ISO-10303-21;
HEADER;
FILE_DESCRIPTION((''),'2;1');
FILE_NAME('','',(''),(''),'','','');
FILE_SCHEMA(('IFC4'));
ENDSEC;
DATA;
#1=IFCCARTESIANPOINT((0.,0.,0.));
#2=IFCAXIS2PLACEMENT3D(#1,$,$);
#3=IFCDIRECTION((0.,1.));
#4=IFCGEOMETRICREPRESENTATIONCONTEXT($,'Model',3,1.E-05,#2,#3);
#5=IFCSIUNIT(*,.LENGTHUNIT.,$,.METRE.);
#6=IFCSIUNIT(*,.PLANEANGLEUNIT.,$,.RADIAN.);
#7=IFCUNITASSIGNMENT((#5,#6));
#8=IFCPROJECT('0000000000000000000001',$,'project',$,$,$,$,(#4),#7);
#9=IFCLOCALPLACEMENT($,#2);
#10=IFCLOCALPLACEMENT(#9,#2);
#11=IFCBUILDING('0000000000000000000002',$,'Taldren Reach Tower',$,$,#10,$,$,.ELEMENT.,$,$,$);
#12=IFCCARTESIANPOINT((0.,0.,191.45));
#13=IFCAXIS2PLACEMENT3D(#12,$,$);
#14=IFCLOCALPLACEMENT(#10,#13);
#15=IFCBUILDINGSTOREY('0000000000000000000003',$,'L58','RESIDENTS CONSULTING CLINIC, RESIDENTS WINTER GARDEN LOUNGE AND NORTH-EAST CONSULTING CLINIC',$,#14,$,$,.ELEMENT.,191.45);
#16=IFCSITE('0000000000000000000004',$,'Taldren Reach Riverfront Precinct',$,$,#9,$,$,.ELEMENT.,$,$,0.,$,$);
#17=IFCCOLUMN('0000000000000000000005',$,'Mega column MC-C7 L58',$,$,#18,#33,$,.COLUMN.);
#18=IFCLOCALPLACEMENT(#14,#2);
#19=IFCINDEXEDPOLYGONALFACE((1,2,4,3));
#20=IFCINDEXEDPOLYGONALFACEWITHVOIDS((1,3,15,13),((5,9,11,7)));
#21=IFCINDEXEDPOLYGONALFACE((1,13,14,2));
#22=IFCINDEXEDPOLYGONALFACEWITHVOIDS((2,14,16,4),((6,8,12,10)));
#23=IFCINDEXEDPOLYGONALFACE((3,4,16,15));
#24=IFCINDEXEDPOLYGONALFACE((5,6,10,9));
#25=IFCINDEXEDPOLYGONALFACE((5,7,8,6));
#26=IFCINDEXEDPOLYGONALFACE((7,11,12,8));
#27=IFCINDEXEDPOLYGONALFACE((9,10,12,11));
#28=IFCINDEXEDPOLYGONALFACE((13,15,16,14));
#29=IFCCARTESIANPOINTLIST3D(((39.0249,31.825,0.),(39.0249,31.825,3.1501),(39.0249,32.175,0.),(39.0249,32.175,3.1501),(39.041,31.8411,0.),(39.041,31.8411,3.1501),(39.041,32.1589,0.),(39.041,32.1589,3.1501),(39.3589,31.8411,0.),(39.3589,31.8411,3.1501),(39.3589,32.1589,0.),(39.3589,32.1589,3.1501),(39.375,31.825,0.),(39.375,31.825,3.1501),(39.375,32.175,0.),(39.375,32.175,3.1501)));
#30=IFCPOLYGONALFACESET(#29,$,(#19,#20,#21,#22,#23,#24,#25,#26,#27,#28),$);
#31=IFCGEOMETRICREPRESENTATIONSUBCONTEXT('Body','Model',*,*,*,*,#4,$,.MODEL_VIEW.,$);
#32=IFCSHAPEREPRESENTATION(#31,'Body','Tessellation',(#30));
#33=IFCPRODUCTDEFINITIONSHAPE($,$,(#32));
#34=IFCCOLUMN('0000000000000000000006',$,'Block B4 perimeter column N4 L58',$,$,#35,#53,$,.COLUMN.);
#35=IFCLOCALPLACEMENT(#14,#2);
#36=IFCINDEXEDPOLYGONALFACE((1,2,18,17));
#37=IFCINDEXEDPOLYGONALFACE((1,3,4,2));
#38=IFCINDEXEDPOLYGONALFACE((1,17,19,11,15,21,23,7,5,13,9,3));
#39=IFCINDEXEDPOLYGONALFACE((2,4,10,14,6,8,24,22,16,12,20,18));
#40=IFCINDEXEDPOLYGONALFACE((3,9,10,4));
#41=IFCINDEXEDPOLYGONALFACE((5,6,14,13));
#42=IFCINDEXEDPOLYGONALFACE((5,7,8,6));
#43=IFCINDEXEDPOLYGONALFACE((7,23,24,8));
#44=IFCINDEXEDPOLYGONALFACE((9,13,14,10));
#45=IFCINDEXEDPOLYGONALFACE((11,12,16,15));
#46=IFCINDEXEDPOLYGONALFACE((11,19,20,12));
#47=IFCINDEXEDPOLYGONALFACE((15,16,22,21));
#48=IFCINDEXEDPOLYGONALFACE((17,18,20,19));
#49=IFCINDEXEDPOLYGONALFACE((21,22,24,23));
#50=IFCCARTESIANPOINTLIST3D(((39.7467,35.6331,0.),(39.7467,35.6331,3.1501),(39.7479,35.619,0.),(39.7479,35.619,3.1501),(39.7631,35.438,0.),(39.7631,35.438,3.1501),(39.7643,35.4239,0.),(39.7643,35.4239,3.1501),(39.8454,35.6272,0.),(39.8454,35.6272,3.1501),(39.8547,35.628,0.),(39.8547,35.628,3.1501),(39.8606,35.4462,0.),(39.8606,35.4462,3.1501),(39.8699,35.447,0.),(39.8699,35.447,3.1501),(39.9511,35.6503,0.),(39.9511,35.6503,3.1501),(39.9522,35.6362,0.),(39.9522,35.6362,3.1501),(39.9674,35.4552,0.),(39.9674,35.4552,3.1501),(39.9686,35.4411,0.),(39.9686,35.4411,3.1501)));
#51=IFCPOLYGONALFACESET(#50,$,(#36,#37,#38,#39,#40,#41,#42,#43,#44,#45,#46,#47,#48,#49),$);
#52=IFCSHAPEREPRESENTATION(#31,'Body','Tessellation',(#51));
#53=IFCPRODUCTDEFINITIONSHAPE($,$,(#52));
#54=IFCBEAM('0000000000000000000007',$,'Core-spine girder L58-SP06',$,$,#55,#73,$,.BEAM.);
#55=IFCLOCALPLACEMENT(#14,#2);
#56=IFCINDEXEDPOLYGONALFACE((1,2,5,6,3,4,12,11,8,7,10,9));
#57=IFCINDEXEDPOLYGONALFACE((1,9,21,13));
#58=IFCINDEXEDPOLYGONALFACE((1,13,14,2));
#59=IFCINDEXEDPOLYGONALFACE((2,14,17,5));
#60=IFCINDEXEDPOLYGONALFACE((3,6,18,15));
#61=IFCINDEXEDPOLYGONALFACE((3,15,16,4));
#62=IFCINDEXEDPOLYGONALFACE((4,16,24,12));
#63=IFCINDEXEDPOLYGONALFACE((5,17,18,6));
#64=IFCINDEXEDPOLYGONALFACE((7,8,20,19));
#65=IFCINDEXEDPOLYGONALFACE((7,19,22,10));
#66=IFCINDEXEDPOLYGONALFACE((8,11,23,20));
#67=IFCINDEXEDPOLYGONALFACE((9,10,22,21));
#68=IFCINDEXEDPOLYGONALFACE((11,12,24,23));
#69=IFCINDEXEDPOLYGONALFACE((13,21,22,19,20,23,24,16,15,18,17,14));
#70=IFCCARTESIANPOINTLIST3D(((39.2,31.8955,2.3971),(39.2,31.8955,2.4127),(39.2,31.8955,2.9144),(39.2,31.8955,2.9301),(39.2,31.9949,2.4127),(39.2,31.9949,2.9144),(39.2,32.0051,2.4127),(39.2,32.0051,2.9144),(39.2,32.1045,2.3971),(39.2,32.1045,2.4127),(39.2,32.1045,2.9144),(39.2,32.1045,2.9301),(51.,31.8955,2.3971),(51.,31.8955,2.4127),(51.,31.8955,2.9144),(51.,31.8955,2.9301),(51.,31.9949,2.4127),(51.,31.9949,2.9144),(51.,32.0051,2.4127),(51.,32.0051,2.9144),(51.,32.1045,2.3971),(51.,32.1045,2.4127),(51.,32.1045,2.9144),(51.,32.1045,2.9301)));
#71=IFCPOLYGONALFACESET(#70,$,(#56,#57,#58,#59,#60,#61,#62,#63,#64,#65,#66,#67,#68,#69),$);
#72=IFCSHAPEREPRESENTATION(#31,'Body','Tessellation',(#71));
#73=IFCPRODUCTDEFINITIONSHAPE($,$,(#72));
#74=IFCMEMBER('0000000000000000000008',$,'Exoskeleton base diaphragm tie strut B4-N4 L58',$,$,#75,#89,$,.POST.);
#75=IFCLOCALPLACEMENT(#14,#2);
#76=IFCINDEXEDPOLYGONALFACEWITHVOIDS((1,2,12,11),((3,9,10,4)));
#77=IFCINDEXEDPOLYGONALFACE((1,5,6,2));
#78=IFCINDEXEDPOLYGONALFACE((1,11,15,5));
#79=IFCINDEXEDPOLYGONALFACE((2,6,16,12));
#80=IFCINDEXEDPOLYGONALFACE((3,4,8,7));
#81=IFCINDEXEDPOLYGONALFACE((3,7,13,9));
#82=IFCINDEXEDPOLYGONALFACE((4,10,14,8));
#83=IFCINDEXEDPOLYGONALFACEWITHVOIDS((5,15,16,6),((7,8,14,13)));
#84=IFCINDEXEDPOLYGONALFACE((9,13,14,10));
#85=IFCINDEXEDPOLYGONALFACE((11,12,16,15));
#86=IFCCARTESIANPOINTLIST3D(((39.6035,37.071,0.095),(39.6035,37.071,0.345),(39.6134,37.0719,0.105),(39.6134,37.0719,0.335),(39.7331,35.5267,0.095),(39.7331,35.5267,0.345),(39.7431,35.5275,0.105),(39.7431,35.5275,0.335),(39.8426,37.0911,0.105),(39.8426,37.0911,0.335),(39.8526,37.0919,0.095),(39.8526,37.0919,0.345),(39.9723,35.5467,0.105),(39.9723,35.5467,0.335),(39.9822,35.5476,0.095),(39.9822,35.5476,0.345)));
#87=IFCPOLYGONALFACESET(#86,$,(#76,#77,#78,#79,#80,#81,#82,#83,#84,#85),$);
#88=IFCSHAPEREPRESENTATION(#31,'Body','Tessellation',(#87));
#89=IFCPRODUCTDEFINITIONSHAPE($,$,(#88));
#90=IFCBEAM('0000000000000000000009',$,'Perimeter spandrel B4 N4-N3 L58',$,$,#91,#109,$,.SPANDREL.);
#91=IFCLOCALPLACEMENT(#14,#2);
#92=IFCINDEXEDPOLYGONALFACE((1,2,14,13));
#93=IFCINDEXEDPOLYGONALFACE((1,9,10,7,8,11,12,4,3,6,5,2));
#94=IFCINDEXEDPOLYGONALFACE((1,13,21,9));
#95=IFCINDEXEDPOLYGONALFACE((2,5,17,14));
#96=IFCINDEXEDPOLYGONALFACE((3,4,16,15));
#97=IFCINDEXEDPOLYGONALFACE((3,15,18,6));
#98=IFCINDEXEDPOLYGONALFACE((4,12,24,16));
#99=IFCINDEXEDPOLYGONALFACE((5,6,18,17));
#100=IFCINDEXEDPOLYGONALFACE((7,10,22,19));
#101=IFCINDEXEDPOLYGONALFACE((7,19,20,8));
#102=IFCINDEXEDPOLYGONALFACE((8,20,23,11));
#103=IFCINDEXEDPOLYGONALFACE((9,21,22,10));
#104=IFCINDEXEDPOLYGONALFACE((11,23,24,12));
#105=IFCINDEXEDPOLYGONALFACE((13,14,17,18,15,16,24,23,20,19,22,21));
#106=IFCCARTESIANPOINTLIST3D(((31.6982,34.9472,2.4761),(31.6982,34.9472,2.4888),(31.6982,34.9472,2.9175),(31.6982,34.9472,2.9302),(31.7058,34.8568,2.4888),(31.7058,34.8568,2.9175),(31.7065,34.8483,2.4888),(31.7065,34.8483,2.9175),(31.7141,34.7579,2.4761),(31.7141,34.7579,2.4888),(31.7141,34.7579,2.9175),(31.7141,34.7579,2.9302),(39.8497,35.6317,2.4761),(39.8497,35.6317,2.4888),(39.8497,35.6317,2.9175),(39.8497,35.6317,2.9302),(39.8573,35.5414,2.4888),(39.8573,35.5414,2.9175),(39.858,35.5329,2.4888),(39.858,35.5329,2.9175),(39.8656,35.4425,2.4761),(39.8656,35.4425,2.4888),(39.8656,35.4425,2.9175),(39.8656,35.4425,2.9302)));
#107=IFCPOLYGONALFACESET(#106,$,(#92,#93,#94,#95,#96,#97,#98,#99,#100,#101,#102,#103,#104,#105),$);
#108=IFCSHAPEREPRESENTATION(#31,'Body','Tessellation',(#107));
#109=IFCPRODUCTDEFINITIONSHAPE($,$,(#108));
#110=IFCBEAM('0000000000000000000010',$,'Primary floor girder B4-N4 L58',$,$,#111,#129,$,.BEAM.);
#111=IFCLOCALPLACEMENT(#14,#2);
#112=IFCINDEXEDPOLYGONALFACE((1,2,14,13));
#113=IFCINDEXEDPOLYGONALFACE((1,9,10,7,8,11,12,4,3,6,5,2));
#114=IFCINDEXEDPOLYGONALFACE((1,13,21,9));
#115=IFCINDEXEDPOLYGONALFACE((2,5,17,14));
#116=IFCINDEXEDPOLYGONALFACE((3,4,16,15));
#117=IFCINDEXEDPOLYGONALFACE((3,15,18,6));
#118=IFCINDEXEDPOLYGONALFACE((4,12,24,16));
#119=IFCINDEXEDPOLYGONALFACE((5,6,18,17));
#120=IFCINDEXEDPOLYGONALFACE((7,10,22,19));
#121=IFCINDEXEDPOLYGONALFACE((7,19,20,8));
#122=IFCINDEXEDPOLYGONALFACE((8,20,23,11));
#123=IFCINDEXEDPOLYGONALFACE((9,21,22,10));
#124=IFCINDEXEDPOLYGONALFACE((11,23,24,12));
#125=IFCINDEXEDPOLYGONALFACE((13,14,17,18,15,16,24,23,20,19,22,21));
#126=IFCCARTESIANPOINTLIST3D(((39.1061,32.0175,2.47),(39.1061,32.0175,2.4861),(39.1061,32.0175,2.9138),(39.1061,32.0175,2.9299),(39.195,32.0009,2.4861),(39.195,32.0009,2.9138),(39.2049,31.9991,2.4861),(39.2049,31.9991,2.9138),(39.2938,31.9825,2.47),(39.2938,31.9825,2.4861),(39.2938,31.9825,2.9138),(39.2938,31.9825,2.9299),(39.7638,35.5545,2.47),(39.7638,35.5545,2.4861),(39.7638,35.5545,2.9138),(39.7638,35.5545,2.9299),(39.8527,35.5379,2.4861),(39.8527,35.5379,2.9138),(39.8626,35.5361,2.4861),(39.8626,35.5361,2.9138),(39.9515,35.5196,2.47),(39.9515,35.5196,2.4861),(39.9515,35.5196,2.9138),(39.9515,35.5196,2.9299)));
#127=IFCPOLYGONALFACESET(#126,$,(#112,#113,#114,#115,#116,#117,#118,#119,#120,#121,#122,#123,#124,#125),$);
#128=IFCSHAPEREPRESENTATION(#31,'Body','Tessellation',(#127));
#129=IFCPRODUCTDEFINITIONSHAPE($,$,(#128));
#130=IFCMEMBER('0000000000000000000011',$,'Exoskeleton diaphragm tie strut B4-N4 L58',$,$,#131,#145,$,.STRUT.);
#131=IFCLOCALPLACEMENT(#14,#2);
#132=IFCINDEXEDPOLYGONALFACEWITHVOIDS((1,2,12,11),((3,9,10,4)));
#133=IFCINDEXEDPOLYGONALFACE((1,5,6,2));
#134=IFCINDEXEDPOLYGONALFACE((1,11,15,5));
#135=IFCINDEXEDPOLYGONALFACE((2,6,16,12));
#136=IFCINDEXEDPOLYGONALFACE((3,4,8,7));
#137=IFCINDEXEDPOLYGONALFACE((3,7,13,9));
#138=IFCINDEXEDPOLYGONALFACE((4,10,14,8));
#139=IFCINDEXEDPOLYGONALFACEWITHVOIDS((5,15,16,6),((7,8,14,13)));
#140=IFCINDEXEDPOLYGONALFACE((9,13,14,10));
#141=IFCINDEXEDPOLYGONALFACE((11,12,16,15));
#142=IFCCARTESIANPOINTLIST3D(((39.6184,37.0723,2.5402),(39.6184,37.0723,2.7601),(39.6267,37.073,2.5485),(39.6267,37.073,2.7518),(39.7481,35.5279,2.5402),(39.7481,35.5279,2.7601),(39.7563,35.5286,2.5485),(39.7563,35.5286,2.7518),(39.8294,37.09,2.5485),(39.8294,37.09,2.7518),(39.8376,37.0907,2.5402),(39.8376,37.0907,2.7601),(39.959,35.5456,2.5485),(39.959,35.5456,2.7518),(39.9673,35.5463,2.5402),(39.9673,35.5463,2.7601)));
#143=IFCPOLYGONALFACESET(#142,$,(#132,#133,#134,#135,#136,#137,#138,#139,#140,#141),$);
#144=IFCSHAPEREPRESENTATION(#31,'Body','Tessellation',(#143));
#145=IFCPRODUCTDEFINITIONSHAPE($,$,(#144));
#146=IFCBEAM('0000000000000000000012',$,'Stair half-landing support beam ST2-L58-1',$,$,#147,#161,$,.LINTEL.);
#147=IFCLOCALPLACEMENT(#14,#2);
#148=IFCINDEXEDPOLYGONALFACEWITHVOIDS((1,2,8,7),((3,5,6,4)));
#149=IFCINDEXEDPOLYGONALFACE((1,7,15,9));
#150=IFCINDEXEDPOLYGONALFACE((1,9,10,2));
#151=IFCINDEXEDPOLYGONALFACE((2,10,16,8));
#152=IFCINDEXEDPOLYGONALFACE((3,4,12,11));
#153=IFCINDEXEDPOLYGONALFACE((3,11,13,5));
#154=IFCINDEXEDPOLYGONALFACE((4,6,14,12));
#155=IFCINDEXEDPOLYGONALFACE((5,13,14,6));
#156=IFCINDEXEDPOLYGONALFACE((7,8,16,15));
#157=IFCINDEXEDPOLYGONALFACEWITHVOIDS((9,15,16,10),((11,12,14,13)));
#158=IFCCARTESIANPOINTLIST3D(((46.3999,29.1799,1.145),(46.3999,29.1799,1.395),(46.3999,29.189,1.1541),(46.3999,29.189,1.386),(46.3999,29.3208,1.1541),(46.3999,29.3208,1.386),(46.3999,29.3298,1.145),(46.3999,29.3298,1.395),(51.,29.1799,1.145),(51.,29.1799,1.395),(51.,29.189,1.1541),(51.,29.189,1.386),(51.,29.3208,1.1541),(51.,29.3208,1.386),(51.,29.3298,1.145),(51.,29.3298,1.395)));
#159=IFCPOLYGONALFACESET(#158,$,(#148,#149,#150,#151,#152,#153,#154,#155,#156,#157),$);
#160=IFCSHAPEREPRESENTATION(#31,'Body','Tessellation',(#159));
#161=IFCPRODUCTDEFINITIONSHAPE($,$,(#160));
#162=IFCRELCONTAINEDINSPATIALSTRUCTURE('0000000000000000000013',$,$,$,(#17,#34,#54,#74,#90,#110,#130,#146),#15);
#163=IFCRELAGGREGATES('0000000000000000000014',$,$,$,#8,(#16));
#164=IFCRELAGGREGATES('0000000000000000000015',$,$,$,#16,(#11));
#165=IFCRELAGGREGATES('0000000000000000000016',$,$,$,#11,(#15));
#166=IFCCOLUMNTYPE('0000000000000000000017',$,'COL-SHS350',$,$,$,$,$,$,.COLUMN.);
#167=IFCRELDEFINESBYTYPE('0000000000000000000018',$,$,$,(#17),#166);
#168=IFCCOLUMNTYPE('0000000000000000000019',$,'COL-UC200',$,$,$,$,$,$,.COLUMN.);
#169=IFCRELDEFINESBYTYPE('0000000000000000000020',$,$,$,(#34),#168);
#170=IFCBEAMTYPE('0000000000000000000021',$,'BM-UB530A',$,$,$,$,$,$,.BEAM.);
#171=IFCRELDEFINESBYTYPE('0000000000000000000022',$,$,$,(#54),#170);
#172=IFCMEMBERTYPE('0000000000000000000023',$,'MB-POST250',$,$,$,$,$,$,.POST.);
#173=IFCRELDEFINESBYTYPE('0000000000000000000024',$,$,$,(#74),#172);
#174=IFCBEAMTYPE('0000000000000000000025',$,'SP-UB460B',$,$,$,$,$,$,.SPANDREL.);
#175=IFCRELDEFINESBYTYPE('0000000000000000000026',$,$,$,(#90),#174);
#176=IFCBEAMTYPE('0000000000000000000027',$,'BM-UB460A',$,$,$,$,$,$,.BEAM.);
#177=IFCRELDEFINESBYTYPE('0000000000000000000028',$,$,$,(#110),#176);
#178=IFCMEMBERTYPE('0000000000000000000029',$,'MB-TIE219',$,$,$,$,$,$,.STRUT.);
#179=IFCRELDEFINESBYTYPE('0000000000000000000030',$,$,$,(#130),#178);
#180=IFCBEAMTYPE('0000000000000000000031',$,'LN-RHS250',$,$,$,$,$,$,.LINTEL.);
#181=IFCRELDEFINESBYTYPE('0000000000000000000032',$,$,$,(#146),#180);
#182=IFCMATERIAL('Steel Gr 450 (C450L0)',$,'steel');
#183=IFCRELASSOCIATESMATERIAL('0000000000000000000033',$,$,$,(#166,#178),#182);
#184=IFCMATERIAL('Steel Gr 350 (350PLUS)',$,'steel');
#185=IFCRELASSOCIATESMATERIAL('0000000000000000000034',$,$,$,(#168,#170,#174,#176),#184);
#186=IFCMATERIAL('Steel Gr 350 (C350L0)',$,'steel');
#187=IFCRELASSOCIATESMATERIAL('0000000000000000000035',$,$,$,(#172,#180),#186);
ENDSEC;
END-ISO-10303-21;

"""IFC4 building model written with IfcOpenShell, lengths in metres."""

from ifc_helpers import new_model, si_unit, direction, frame, origin, origin_2d, place, context, subcontext, project, spatial, hollow_rectangle, i_section, extrude, source, transform, mapped, material, material_profile, profile_set, type_object, element, save


model = new_model("IFC4")

# Units and contexts
model_context = context("Model", 3, precision=1e-05, world=origin(), true_north=direction((0.0, 1.0)))
body_context = subcontext(model_context, "Body", "Model", "MODEL_VIEW")
ifc_project = project(units=[si_unit("LENGTHUNIT", "METRE"), si_unit("PLANEANGLEUNIT", "RADIAN")], contexts=[model_context])

# Site, building, storey
site_placement = place(None, origin())
site = spatial("IfcSite", under=ifc_project, at=site_placement, Name="Taldren Reach Riverfront Precinct", CompositionType="ELEMENT", RefElevation=0.0)
building_placement = place(site_placement, origin())
building = spatial("IfcBuilding", under=site, at=building_placement, Name="Taldren Reach Tower", CompositionType="ELEMENT")
storey_placement = place(building_placement, frame((0.0, 0.0, 191.45)))
storey = spatial("IfcBuildingStorey", under=building, at=storey_placement, Name="L58", Description="RESIDENTS CONSULTING CLINIC, RESIDENTS WINTER GARDEN LOUNGE AND NORTH-EAST CONSULTING CLINIC", CompositionType="ELEMENT", Elevation=191.45)

# Columns
ifc_material_1 = material(Name="Steel Gr 450 (C450L0)", Category="steel")
ifc_material_profile_1 = material_profile(ifc_material_1, hollow_rectangle(XDim=0.3501, YDim=0.3501, WallThickness=0.0161, at=origin_2d()), Name="350x350x16.0SHS")
ifc_profile_set_1 = profile_set([ifc_material_profile_1], Name="Steel Gr 450 (C450L0)")
column_type_1 = type_object("IfcColumnType", Name="COL-SHS350", PredefinedType="COLUMN", material=ifc_profile_set_1)
shared_shape_1 = source(origin(), body_context, "Body", "SweptSolid", [
    extrude(hollow_rectangle(XDim=0.3501, YDim=0.3501, WallThickness=0.0161, at=origin_2d()), origin(), (0.0, 0.0, 1.0), 3.1501),
])
column_1_placement = place(storey_placement, frame((39.2, 32.0, 0.0), z_axis=(0.0, 0.0, 1.0), x_axis=(1.0, 0.0, 0.0)))
element("IfcColumn", 1, at=column_1_placement, inside=storey, type_object=column_type_1, Name="Mega column MC-C7 L58", PredefinedType="COLUMN", context=body_context, shape_type="MappedRepresentation", body=[
    mapped(shared_shape_1, transform((0.0, 0.0, 0.0), scale=1.0)),
])
ifc_material_2 = material(Name="Steel Gr 350 (350PLUS)", Category="steel")
ifc_material_profile_2 = material_profile(ifc_material_2, i_section(OverallWidth=0.2051, OverallDepth=0.21, WebThickness=0.0093, FlangeThickness=0.0142, at=origin_2d()), Name="200UC59.5")
ifc_profile_set_2 = profile_set([ifc_material_profile_2], Name="Steel Gr 350 (350PLUS)")
column_type_2 = type_object("IfcColumnType", Name="COL-UC200", PredefinedType="COLUMN", material=ifc_profile_set_2)
shared_shape_2 = source(origin(), body_context, "Body", "SweptSolid", [
    extrude(i_section(OverallWidth=0.2051, OverallDepth=0.21, WebThickness=0.0093, FlangeThickness=0.0142, at=origin_2d()), origin(), (0.0, 0.0, 1.0), 3.1501),
])
column_2_placement = place(storey_placement, frame((39.8577, 35.5371, 0.0), z_axis=(0.0, 0.0, 1.0), x_axis=(0.996493, 0.083678, 0.0)))
element("IfcColumn", 2, at=column_2_placement, inside=storey, type_object=column_type_2, Name="Block B4 perimeter column N4 L58", PredefinedType="COLUMN", context=body_context, shape_type="MappedRepresentation", body=[
    mapped(shared_shape_2, transform((0.0, 0.0, 0.0), scale=1.0)),
])

# Beam
ifc_material_profile_3 = material_profile(ifc_material_2, i_section(OverallWidth=0.209, OverallDepth=0.533, WebThickness=0.0103, FlangeThickness=0.0156, at=origin_2d()), Name="530UB92.4")
ifc_profile_set_3 = profile_set([ifc_material_profile_3], Name="Steel Gr 350 (350PLUS)")
beam_type_1 = type_object("IfcBeamType", Name="BM-UB530A", PredefinedType="BEAM", material=ifc_profile_set_3)
shared_shape_3 = source(origin(), body_context, "Body", "SweptSolid", [
    extrude(i_section(OverallWidth=0.209, OverallDepth=0.533, WebThickness=0.0103, FlangeThickness=0.0156, at=origin_2d()), origin(), (0.0, 0.0, 1.0), 11.8),
])
beam_1_placement = place(storey_placement, frame((39.2, 32.0, 2.6636), z_axis=(1.0, 0.0, 0.0), x_axis=(0.0, 1.0, 0.0)))
element("IfcBeam", 3, at=beam_1_placement, inside=storey, type_object=beam_type_1, Name="Core-spine girder L58-SP06", PredefinedType="BEAM", context=body_context, shape_type="MappedRepresentation", body=[
    mapped(shared_shape_3, transform((0.0, 0.0, 0.0), scale=1.0)),
])

# Member
ifc_material_3 = material(Name="Steel Gr 350 (C350L0)", Category="steel")
ifc_material_profile_4 = material_profile(ifc_material_3, hollow_rectangle(XDim=0.25, YDim=0.25, WallThickness=0.01, at=origin_2d()), Name="250x250x10.0SHS")
ifc_profile_set_4 = profile_set([ifc_material_profile_4], Name="Steel Gr 350 (C350L0)")
member_type_1 = type_object("IfcMemberType", Name="MB-POST250", PredefinedType="POST", material=ifc_profile_set_4)
shared_shape_4 = source(origin(), body_context, "Body", "SweptSolid", [
    extrude(hollow_rectangle(XDim=0.25, YDim=0.25, WallThickness=0.01, at=origin_2d()), origin(), (0.0, 0.0, 1.0), 1.5498),
])
member_1_placement = place(storey_placement, frame((39.8577, 35.5371, 0.22), z_axis=(-0.083645, 0.996496, 0.0), x_axis=(-0.996496, -0.083645, 0.0)))
element("IfcMember", 4, at=member_1_placement, inside=storey, type_object=member_type_1, Name="Exoskeleton base diaphragm tie strut B4-N4 L58", PredefinedType="POST", context=body_context, shape_type="MappedRepresentation", body=[
    mapped(shared_shape_4, transform((0.0, 0.0, 0.0), scale=1.0)),
])

# Beams
ifc_material_profile_5 = material_profile(ifc_material_2, i_section(OverallWidth=0.1899, OverallDepth=0.4541, WebThickness=0.0085, FlangeThickness=0.0127, at=origin_2d()), Name="460UB67.1")
ifc_profile_set_5 = profile_set([ifc_material_profile_5], Name="Steel Gr 350 (350PLUS)")
beam_type_2 = type_object("IfcBeamType", Name="SP-UB460B", PredefinedType="SPANDREL", material=ifc_profile_set_5)
shared_shape_5 = source(origin(), body_context, "Body", "SweptSolid", [
    extrude(i_section(OverallWidth=0.1899, OverallDepth=0.4541, WebThickness=0.0085, FlangeThickness=0.0127, at=origin_2d()), origin(), (0.0, 0.0, 1.0), 8.1802),
])
beam_2_placement = place(storey_placement, frame((39.8577, 35.5371, 2.7031), z_axis=(-0.996492, -0.083688, 0.0), x_axis=(0.083688, -0.996492, 0.0)))
element("IfcBeam", 5, at=beam_2_placement, inside=storey, type_object=beam_type_2, Name="Perimeter spandrel B4 N4-N3 L58", PredefinedType="SPANDREL", context=body_context, shape_type="MappedRepresentation", body=[
    mapped(shared_shape_5, transform((0.0, 0.0, 0.0), scale=1.0)),
])
ifc_material_profile_6 = material_profile(ifc_material_2, i_section(OverallWidth=0.1909, OverallDepth=0.46, WebThickness=0.01, FlangeThickness=0.0161, at=origin_2d()), Name="460UB82.1")
ifc_profile_set_6 = profile_set([ifc_material_profile_6], Name="Steel Gr 350 (350PLUS)")
beam_type_3 = type_object("IfcBeamType", Name="BM-UB460A", PredefinedType="BEAM", material=ifc_profile_set_6)
shared_shape_6 = source(origin(), body_context, "Body", "SweptSolid", [
    extrude(i_section(OverallWidth=0.1909, OverallDepth=0.46, WebThickness=0.01, FlangeThickness=0.0161, at=origin_2d()), origin(), (0.0, 0.0, 1.0), 3.5977),
])
beam_3_placement = place(storey_placement, frame((39.2, 32.0, 2.7), z_axis=(0.182813, 0.983148, 0.0), x_axis=(-0.983148, 0.182813, 0.0)))
element("IfcBeam", 6, at=beam_3_placement, inside=storey, type_object=beam_type_3, Name="Primary floor girder B4-N4 L58", PredefinedType="BEAM", context=body_context, shape_type="MappedRepresentation", body=[
    mapped(shared_shape_6, transform((0.0, 0.0, 0.0), scale=1.0)),
])

# Member
ifc_material_profile_7 = material_profile(ifc_material_1, hollow_rectangle(XDim=0.22, YDim=0.22, WallThickness=0.0083, at=origin_2d()), Name="220x220x8.2SHS")
ifc_profile_set_7 = profile_set([ifc_material_profile_7], Name="Steel Gr 450 (C450L0)")
member_type_2 = type_object("IfcMemberType", Name="MB-TIE219", PredefinedType="STRUT", material=ifc_profile_set_7)
shared_shape_7 = source(origin(), body_context, "Body", "SweptSolid", [
    extrude(hollow_rectangle(XDim=0.22, YDim=0.22, WallThickness=0.0083, at=origin_2d()), origin(), (0.0, 0.0, 1.0), 1.5498),
])
member_2_placement = place(storey_placement, frame((39.8577, 35.5371, 2.6501), z_axis=(-0.083645, 0.996496, 0.0), x_axis=(-0.996496, -0.083645, 0.0)))
element("IfcMember", 7, at=member_2_placement, inside=storey, type_object=member_type_2, Name="Exoskeleton diaphragm tie strut B4-N4 L58", PredefinedType="STRUT", context=body_context, shape_type="MappedRepresentation", body=[
    mapped(shared_shape_7, transform((0.0, 0.0, 0.0), scale=1.0)),
])

# Beam
ifc_material_profile_8 = material_profile(ifc_material_3, hollow_rectangle(XDim=0.1499, YDim=0.25, WallThickness=0.009, at=origin_2d()), Name="250x150x9.0RHS")
ifc_profile_set_8 = profile_set([ifc_material_profile_8], Name="Steel Gr 350 (C350L0)")
beam_type_4 = type_object("IfcBeamType", Name="LN-RHS250", PredefinedType="LINTEL", material=ifc_profile_set_8)
shared_shape_8 = source(origin(), body_context, "Body", "SweptSolid", [
    extrude(hollow_rectangle(XDim=0.1499, YDim=0.25, WallThickness=0.009, at=origin_2d()), origin(), (0.0, 0.0, 1.0), 4.6001),
])
for number, where, z_axis, x_axis, name in (
    (8, (46.3999, 29.2549, 1.27), (1.0, 0.0, 0.0), (0.0, 1.0, 0.0), "Stair half-landing support beam ST2-L58-1"),
):
    element("IfcBeam", number, at=place(storey_placement, frame(where, z_axis=z_axis, x_axis=x_axis)), inside=storey, type_object=beam_type_4, Name=name, PredefinedType="LINTEL", context=body_context, shape_type="MappedRepresentation", body=[
        mapped(shared_shape_8, transform((0.0, 0.0, 0.0), scale=1.0)),
    ])

save(model, "model.ifc")
